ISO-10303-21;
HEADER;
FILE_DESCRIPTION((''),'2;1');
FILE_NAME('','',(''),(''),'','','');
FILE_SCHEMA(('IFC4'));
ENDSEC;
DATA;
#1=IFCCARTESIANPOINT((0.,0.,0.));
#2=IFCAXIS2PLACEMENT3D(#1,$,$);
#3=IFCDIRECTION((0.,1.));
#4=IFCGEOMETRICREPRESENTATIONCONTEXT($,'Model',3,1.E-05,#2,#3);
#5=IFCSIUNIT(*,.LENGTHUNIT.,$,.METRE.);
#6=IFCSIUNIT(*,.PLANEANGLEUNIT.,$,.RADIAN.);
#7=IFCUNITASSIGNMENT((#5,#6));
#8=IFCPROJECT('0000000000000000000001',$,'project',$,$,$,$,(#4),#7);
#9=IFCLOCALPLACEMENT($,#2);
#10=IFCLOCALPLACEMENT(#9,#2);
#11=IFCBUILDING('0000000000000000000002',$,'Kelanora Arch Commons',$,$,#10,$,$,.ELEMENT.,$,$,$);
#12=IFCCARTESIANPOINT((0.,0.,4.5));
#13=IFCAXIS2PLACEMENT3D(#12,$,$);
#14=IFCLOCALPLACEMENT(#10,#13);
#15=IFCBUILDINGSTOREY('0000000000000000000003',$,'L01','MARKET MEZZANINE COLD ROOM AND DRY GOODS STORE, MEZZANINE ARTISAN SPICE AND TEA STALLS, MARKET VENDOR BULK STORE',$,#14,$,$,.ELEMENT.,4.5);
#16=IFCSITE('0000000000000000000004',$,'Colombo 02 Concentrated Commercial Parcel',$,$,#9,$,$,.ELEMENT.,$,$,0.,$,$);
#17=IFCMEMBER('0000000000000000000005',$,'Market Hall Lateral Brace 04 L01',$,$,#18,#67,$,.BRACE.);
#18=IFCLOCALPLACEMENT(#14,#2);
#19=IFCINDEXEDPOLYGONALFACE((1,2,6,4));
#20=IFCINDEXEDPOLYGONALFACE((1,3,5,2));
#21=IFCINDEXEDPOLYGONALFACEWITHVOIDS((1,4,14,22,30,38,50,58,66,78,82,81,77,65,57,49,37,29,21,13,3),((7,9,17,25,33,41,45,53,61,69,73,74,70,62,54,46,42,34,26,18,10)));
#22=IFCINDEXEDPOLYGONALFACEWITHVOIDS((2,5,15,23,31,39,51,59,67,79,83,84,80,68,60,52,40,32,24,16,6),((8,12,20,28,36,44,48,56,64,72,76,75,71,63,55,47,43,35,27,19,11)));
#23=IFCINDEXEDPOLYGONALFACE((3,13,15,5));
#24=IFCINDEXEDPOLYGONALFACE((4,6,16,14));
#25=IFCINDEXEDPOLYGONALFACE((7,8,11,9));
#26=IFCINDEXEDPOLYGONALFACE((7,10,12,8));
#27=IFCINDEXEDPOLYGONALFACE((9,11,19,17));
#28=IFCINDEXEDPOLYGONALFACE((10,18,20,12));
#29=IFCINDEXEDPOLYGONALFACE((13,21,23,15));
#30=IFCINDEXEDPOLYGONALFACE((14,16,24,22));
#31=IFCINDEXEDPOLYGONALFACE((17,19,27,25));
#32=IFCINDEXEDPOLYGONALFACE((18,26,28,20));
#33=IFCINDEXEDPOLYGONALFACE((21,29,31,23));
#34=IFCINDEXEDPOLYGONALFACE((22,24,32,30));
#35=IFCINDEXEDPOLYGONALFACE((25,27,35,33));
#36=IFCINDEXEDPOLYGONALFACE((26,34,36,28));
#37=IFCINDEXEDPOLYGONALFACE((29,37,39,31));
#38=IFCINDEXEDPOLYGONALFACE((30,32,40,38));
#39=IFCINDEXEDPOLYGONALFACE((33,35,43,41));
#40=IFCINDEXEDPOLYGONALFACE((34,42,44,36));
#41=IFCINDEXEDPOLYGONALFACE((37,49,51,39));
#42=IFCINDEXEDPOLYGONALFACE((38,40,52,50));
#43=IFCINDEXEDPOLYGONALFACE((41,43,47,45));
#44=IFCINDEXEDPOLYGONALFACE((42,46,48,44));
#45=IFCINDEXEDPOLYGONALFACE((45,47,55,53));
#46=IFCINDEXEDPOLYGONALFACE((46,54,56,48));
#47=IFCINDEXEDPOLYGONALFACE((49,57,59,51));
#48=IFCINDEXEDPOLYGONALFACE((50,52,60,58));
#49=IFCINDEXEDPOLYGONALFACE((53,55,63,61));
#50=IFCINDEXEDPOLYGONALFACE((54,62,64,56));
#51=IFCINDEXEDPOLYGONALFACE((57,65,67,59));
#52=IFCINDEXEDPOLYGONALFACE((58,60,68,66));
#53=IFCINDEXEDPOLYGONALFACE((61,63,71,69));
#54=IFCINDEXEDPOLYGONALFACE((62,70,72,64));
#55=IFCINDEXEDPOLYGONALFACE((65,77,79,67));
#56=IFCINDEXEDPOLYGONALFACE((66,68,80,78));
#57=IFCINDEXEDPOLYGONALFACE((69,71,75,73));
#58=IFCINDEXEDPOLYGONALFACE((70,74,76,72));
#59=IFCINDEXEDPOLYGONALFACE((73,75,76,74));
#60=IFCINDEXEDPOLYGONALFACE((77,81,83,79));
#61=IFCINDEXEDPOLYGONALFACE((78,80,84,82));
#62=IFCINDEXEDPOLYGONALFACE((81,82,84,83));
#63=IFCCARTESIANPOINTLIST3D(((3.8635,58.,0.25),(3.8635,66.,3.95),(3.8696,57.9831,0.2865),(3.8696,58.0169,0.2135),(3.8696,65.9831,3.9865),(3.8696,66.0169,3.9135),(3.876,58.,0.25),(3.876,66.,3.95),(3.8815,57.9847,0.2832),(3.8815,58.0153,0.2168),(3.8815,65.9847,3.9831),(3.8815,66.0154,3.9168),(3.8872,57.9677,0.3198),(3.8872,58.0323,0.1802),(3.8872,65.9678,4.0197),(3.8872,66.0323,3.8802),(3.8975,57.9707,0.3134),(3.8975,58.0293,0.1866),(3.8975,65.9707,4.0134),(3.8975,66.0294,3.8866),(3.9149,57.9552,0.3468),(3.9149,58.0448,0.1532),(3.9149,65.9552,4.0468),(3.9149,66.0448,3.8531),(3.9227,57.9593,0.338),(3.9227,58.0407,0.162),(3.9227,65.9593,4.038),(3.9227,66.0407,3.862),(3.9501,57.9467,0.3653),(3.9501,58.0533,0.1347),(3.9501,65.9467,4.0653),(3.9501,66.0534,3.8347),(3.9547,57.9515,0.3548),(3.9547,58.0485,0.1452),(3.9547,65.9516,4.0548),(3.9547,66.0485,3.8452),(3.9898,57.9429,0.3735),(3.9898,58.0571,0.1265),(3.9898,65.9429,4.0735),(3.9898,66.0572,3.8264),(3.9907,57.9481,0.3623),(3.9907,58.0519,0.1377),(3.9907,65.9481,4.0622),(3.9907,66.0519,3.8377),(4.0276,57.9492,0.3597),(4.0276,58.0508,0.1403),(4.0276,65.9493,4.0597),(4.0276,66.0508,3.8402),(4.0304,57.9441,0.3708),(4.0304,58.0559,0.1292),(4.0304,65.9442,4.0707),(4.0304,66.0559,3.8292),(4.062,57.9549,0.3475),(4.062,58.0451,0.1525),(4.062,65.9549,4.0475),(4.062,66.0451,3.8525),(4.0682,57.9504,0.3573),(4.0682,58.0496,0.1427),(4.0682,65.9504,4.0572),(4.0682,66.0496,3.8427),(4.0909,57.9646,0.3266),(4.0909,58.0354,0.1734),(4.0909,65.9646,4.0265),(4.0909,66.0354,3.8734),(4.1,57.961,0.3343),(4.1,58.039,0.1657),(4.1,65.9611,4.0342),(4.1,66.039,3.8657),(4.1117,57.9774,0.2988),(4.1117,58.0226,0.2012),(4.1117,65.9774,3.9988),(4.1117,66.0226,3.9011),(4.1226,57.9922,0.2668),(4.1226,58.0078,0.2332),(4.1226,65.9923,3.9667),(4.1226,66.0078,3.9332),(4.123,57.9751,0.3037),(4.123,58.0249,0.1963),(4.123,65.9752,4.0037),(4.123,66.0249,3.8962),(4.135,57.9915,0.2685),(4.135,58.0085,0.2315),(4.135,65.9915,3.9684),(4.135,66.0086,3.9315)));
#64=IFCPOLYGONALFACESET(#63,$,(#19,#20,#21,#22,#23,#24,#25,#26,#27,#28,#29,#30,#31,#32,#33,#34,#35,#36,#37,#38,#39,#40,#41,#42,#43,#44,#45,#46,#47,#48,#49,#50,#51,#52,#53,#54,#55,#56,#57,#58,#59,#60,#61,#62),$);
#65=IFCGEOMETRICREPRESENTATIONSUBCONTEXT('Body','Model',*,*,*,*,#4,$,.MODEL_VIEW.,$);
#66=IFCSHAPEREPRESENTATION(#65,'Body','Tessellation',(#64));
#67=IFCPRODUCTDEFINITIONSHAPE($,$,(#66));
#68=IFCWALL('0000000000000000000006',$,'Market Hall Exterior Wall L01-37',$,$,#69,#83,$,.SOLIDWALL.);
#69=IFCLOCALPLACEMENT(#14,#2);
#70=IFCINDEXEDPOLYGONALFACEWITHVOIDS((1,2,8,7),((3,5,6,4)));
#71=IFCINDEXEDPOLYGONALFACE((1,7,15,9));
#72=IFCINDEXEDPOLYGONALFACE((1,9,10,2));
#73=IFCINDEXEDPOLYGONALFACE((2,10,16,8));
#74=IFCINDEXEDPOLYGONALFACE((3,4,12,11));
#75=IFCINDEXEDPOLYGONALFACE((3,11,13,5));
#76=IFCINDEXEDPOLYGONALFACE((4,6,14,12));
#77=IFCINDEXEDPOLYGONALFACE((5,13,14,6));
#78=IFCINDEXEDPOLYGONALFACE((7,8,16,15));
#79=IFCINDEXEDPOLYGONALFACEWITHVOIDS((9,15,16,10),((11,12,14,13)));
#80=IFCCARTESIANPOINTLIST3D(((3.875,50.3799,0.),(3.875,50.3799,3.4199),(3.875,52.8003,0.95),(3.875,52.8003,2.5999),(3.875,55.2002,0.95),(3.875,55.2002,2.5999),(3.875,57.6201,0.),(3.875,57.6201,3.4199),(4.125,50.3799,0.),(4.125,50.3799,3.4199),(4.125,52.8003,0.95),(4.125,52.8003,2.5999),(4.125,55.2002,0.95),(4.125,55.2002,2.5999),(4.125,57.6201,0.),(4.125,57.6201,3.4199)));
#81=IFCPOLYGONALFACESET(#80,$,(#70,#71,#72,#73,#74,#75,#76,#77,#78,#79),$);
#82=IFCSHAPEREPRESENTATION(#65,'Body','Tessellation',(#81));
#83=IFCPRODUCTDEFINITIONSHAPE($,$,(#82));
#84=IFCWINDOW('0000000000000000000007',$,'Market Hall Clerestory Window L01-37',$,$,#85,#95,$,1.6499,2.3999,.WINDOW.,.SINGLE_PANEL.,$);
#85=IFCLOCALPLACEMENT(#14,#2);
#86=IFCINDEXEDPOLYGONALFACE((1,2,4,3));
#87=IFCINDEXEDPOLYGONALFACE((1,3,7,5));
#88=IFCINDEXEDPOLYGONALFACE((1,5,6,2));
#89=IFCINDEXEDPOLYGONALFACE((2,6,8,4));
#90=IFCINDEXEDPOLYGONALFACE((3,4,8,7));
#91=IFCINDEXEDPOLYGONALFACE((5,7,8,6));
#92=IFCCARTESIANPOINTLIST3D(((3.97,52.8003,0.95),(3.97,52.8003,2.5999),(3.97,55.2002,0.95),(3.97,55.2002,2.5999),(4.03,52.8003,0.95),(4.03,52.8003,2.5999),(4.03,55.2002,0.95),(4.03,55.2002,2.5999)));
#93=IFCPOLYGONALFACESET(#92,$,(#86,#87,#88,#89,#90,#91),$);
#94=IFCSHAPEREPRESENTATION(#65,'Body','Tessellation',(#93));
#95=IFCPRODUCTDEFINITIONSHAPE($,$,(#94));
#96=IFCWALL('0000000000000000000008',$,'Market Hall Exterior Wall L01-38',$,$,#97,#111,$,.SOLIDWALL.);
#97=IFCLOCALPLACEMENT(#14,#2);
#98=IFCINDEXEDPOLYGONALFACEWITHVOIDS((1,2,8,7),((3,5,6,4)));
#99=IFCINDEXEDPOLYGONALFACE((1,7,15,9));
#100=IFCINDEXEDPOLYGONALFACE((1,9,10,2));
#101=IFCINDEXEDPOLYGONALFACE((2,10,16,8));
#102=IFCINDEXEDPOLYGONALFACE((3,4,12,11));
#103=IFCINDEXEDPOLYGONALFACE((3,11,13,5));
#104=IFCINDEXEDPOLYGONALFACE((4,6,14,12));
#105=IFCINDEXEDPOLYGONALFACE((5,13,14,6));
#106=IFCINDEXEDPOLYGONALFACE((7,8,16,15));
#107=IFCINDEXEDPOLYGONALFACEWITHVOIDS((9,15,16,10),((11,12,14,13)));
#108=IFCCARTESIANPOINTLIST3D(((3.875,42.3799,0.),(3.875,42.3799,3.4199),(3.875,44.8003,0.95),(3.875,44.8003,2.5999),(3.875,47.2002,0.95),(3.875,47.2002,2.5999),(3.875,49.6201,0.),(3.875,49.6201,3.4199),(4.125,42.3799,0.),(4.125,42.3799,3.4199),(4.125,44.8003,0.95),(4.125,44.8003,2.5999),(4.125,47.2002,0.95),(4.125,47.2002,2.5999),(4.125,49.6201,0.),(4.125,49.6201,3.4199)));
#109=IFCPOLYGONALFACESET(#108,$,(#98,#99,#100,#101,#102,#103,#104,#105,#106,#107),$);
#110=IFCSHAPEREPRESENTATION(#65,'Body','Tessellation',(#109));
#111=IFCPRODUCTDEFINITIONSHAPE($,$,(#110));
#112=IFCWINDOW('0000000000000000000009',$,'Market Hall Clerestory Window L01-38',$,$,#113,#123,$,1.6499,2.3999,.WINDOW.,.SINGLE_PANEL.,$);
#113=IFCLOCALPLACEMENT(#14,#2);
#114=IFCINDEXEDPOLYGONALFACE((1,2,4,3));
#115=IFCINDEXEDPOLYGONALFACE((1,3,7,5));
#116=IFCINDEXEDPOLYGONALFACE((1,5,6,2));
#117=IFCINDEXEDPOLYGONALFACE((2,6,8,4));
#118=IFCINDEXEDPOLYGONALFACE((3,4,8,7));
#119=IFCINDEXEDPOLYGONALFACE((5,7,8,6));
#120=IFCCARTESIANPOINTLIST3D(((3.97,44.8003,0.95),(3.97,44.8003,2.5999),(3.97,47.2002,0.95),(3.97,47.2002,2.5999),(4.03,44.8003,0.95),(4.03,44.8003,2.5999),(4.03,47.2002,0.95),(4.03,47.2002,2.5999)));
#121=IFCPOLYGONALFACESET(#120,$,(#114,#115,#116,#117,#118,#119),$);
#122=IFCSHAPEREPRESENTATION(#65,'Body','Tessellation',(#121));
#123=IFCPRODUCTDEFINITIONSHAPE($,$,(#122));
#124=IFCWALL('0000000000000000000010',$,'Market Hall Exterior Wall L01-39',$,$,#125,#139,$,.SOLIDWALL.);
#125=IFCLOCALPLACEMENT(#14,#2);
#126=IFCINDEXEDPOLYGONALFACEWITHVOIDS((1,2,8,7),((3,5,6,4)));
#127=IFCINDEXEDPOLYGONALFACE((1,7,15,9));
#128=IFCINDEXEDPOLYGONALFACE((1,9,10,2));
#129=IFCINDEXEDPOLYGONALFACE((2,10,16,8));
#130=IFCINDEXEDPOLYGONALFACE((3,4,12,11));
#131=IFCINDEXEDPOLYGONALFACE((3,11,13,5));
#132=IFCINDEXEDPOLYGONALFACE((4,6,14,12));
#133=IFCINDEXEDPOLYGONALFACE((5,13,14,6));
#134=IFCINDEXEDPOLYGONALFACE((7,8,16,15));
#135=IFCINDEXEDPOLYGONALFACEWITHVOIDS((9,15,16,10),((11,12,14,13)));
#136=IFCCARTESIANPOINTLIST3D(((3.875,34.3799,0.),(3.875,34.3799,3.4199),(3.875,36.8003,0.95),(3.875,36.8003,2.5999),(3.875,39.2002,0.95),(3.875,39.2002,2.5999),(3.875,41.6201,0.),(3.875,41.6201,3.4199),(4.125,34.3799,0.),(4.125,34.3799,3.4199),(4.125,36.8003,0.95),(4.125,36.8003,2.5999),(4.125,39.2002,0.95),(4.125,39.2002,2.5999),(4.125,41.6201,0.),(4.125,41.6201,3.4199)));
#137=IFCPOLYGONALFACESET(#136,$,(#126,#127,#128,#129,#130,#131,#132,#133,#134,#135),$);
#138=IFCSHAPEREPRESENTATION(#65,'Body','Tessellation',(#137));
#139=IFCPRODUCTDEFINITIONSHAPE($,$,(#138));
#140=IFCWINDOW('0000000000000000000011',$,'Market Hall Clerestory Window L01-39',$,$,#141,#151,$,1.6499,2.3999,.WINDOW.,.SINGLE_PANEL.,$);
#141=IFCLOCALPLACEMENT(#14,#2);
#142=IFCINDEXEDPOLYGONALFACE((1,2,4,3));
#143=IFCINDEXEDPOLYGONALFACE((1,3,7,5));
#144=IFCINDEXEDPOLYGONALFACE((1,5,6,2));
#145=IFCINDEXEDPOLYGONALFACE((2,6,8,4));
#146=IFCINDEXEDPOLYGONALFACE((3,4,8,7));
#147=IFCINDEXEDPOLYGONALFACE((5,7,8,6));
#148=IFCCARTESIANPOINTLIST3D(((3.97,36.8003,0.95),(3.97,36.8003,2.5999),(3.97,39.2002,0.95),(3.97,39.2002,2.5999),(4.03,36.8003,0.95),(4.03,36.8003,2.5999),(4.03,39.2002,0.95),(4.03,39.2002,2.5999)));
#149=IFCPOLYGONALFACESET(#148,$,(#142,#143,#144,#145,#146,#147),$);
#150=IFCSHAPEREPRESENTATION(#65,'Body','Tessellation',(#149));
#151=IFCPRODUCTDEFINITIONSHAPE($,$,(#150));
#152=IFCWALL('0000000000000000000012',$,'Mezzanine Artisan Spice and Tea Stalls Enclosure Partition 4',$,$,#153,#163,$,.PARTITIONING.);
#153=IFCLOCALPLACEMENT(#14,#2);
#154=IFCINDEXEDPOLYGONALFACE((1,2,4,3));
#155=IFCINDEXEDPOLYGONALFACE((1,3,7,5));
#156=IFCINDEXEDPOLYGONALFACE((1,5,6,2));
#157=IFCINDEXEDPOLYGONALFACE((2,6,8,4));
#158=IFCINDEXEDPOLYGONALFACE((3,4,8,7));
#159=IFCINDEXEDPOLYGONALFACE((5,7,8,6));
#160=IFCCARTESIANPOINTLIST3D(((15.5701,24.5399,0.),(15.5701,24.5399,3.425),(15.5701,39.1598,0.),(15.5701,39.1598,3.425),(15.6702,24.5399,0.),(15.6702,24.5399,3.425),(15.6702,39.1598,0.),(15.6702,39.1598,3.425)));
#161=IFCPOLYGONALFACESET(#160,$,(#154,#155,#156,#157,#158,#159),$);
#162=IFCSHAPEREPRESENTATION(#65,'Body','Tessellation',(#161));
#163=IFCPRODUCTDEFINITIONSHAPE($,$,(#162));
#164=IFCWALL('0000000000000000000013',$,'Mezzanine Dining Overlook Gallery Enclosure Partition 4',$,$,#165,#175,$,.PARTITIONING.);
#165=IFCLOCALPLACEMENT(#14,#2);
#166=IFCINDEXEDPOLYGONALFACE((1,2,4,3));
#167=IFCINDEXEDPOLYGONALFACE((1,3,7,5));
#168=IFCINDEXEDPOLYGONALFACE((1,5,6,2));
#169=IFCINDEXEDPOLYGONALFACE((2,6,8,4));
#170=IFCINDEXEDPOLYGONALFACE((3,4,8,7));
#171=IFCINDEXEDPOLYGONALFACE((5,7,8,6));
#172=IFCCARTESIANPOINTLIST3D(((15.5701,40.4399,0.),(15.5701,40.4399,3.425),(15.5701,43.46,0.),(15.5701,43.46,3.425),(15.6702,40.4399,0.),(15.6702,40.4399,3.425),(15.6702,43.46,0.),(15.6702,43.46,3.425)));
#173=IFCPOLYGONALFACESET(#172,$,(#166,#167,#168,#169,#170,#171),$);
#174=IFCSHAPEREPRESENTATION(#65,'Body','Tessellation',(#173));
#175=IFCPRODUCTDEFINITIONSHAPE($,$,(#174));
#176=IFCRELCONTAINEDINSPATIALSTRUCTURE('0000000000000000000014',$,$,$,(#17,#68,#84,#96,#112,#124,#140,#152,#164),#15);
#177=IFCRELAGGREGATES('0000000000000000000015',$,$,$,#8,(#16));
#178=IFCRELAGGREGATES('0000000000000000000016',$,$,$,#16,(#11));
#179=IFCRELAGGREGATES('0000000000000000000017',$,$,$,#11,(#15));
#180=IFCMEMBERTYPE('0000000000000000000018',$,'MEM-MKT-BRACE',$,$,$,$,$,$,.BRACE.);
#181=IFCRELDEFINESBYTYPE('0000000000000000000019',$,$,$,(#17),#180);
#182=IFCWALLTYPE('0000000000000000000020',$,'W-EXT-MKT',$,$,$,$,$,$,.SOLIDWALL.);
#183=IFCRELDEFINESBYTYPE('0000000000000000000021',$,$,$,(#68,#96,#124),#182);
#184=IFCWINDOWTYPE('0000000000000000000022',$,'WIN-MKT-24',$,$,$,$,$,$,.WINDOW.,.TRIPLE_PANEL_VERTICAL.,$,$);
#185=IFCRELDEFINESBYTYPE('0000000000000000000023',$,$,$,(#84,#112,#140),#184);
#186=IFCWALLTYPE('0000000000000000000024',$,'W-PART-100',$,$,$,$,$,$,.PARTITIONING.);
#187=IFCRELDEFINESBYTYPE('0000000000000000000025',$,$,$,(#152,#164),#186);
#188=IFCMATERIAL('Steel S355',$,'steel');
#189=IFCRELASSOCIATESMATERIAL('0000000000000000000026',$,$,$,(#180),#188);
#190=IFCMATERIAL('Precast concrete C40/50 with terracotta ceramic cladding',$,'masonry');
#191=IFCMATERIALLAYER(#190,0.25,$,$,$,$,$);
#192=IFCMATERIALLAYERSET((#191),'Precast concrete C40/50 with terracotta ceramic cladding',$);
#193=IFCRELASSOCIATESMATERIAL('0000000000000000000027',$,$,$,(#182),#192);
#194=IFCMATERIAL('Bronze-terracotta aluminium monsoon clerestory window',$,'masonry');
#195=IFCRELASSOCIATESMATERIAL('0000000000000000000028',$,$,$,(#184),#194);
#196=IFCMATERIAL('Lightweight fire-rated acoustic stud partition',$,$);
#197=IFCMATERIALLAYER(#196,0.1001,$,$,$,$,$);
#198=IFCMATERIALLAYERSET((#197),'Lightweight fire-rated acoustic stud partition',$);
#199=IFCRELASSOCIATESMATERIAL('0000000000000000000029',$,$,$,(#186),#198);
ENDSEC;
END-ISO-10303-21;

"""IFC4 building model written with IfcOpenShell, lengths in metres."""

from ifc_helpers import new_model, si_unit, direction, frame, frame_2d, origin, origin_2d, place, context, subcontext, project, spatial, rectangle, hollow_circle, extrude, material, layer, layer_set, material_profile, profile_set, type_object, element, fill, save


model = new_model("IFC4")

# Units and contexts
model_context = context("Model", 3, precision=1e-05, world=origin(), true_north=direction((0.0, 1.0)))
body_context = subcontext(model_context, "Body", "Model", "MODEL_VIEW")
ifc_project = project(units=[si_unit("LENGTHUNIT", "METRE"), si_unit("PLANEANGLEUNIT", "RADIAN")], contexts=[model_context])

# Site, building, storey
site_placement = place(None, origin())
site = spatial("IfcSite", under=ifc_project, at=site_placement, Name="Colombo 02 Concentrated Commercial Parcel", CompositionType="ELEMENT", RefElevation=0.0)
building_placement = place(site_placement, origin())
building = spatial("IfcBuilding", under=site, at=building_placement, Name="Kelanora Arch Commons", CompositionType="ELEMENT")
storey_placement = place(building_placement, frame((0.0, 0.0, 4.5)))
storey = spatial("IfcBuildingStorey", under=building, at=storey_placement, Name="L01", Description="MARKET MEZZANINE COLD ROOM AND DRY GOODS STORE, MEZZANINE ARTISAN SPICE AND TEA STALLS, MARKET VENDOR BULK STORE", CompositionType="ELEMENT", Elevation=4.5)

# Member
ifc_material_1 = material(Name="Steel S355", Category="steel")
ifc_material_profile_1 = material_profile(ifc_material_1, hollow_circle(Radius=0.1365, WallThickness=0.0125, at=origin_2d()), Name="CHS273x12.5")
ifc_profile_set_1 = profile_set([ifc_material_profile_1], Name="Steel S355")
member_type = type_object("IfcMemberType", Name="MEM-MKT-BRACE", PredefinedType="BRACE", material=ifc_profile_set_1)
member_placement = place(storey_placement, frame((4.0, 58.0, 0.25), z_axis=(0.0, 0.907629, 0.419773), x_axis=(-1.0, 0.0, 0.0)))
element("IfcMember", 1, at=member_placement, inside=storey, type_object=member_type, Name="Market Hall Lateral Brace 04 L01", PredefinedType="BRACE", context=body_context, shape_type="SweptSolid", body=[
    extrude(hollow_circle(Radius=0.1365, WallThickness=0.0125, at=origin_2d()), origin(), (0.0, 0.0, 1.0), 8.8142),
])

# Walls, openings, windows
ifc_material_2 = material(Name="Precast concrete C40/50 with terracotta ceramic cladding", Category="masonry")
ifc_layer_1 = layer(ifc_material_2, 0.25)
ifc_layer_set_1 = layer_set([ifc_layer_1], Name="Precast concrete C40/50 with terracotta ceramic cladding")
wall_type_1 = type_object("IfcWallType", Name="W-EXT-MKT", PredefinedType="SOLIDWALL", material=ifc_layer_set_1)
wall_1_placement = place(storey_placement, frame((4.0, 57.6201, 0.0), z_axis=(0.0, 0.0, 1.0), x_axis=(0.0, -1.0, 0.0)))
wall_1 = element("IfcWall", 2, at=wall_1_placement, inside=storey, type_object=wall_type_1, Name="Market Hall Exterior Wall L01-37", PredefinedType="SOLIDWALL", context=body_context, shape_type="SweptSolid", body=[
    extrude(rectangle(XDim=7.2402, YDim=0.25, at=frame_2d((3.6201, 0.0))), origin(), (0.0, 0.0, 1.0), 3.4199),
])
opening_1_placement = place(wall_1_placement, frame((2.4199, 0.0, 0.95)))
opening_1 = element("IfcOpeningElement", 3, at=opening_1_placement, cuts=wall_1, PredefinedType="OPENING", context=body_context, shape_type="SweptSolid", body=[
    extrude(rectangle(XDim=2.3999, YDim=1.6499, at=frame_2d((1.2, 0.825))), frame((0.0, 0.135, 0.0), z_axis=(0.0, -1.0, 0.0), x_axis=(1.0, 0.0, 0.0)), (0.0, 0.0, 1.0), 0.27),
])
ifc_material_3 = material(Name="Bronze-terracotta aluminium monsoon clerestory window", Category="masonry")
window_type = type_object("IfcWindowType", Name="WIN-MKT-24", PartitioningType="TRIPLE_PANEL_VERTICAL", PredefinedType="WINDOW", material=ifc_material_3)
window_1_placement = place(opening_1_placement, origin())
window_1 = element("IfcWindow", 4, at=window_1_placement, inside=storey, type_object=window_type, Name="Market Hall Clerestory Window L01-37", OverallHeight=1.6499, OverallWidth=2.3999, PartitioningType="SINGLE_PANEL", PredefinedType="WINDOW", context=body_context, shape_type="SweptSolid", body=[
    extrude(rectangle(XDim=2.3999, YDim=1.6499, at=frame_2d((1.2, 0.825))), frame((0.0, 0.03, 0.0), z_axis=(0.0, -1.0, 0.0), x_axis=(1.0, 0.0, 0.0)), (0.0, 0.0, 1.0), 0.0601),
])
fill(opening_1, window_1)
wall_2_placement = place(storey_placement, frame((4.0, 49.6201, 0.0), z_axis=(0.0, 0.0, 1.0), x_axis=(0.0, -1.0, 0.0)))
wall_2 = element("IfcWall", 5, at=wall_2_placement, inside=storey, type_object=wall_type_1, Name="Market Hall Exterior Wall L01-38", PredefinedType="SOLIDWALL", context=body_context, shape_type="SweptSolid", body=[
    extrude(rectangle(XDim=7.2402, YDim=0.25, at=frame_2d((3.6201, 0.0))), origin(), (0.0, 0.0, 1.0), 3.4199),
])
opening_2_placement = place(wall_2_placement, frame((2.4199, 0.0, 0.95)))
opening_2 = element("IfcOpeningElement", 6, at=opening_2_placement, cuts=wall_2, PredefinedType="OPENING", context=body_context, shape_type="SweptSolid", body=[
    extrude(rectangle(XDim=2.3999, YDim=1.6499, at=frame_2d((1.2, 0.825))), frame((0.0, 0.135, 0.0), z_axis=(0.0, -1.0, 0.0), x_axis=(1.0, 0.0, 0.0)), (0.0, 0.0, 1.0), 0.27),
])
window_2_placement = place(opening_2_placement, origin())
window_2 = element("IfcWindow", 7, at=window_2_placement, inside=storey, type_object=window_type, Name="Market Hall Clerestory Window L01-38", OverallHeight=1.6499, OverallWidth=2.3999, PartitioningType="SINGLE_PANEL", PredefinedType="WINDOW", context=body_context, shape_type="SweptSolid", body=[
    extrude(rectangle(XDim=2.3999, YDim=1.6499, at=frame_2d((1.2, 0.825))), frame((0.0, 0.03, 0.0), z_axis=(0.0, -1.0, 0.0), x_axis=(1.0, 0.0, 0.0)), (0.0, 0.0, 1.0), 0.0601),
])
fill(opening_2, window_2)
wall_3_placement = place(storey_placement, frame((4.0, 41.6201, 0.0), z_axis=(0.0, 0.0, 1.0), x_axis=(0.0, -1.0, 0.0)))
wall_3 = element("IfcWall", 8, at=wall_3_placement, inside=storey, type_object=wall_type_1, Name="Market Hall Exterior Wall L01-39", PredefinedType="SOLIDWALL", context=body_context, shape_type="SweptSolid", body=[
    extrude(rectangle(XDim=7.2402, YDim=0.25, at=frame_2d((3.6201, 0.0))), origin(), (0.0, 0.0, 1.0), 3.4199),
])
opening_3_placement = place(wall_3_placement, frame((2.4199, 0.0, 0.95)))
opening_3 = element("IfcOpeningElement", 9, at=opening_3_placement, cuts=wall_3, PredefinedType="OPENING", context=body_context, shape_type="SweptSolid", body=[
    extrude(rectangle(XDim=2.3999, YDim=1.6499, at=frame_2d((1.2, 0.825))), frame((0.0, 0.135, 0.0), z_axis=(0.0, -1.0, 0.0), x_axis=(1.0, 0.0, 0.0)), (0.0, 0.0, 1.0), 0.27),
])
window_3_placement = place(opening_3_placement, origin())
window_3 = element("IfcWindow", 10, at=window_3_placement, inside=storey, type_object=window_type, Name="Market Hall Clerestory Window L01-39", OverallHeight=1.6499, OverallWidth=2.3999, PartitioningType="SINGLE_PANEL", PredefinedType="WINDOW", context=body_context, shape_type="SweptSolid", body=[
    extrude(rectangle(XDim=2.3999, YDim=1.6499, at=frame_2d((1.2, 0.825))), frame((0.0, 0.03, 0.0), z_axis=(0.0, -1.0, 0.0), x_axis=(1.0, 0.0, 0.0)), (0.0, 0.0, 1.0), 0.0601),
])
fill(opening_3, window_3)

# Walls
ifc_material_4 = material(Name="Lightweight fire-rated acoustic stud partition")
ifc_layer_2 = layer(ifc_material_4, 0.1001)
ifc_layer_set_2 = layer_set([ifc_layer_2], Name="Lightweight fire-rated acoustic stud partition")
wall_type_2 = type_object("IfcWallType", Name="W-PART-100", PredefinedType="PARTITIONING", material=ifc_layer_set_2)
wall_4_placement = place(storey_placement, frame((15.6201, 39.1599, 0.0), z_axis=(0.0, 0.0, 1.0), x_axis=(0.0, -1.0, 0.0)))
element("IfcWall", 11, at=wall_4_placement, inside=storey, type_object=wall_type_2, Name="Mezzanine Artisan Spice and Tea Stalls Enclosure Partition 4", PredefinedType="PARTITIONING", context=body_context, shape_type="SweptSolid", body=[
    extrude(rectangle(XDim=14.6199, YDim=0.1001, at=frame_2d((7.3101, 0.0))), origin(), (0.0, 0.0, 1.0), 3.425),
])
wall_5_placement = place(storey_placement, frame((15.6201, 43.46, 0.0), z_axis=(0.0, 0.0, 1.0), x_axis=(0.0, -1.0, 0.0)))
element("IfcWall", 12, at=wall_5_placement, inside=storey, type_object=wall_type_2, Name="Mezzanine Dining Overlook Gallery Enclosure Partition 4", PredefinedType="PARTITIONING", context=body_context, shape_type="SweptSolid", body=[
    extrude(rectangle(XDim=3.02, YDim=0.1001, at=frame_2d((1.51, 0.0))), origin(), (0.0, 0.0, 1.0), 3.425),
])

save(model, "model.ifc")
